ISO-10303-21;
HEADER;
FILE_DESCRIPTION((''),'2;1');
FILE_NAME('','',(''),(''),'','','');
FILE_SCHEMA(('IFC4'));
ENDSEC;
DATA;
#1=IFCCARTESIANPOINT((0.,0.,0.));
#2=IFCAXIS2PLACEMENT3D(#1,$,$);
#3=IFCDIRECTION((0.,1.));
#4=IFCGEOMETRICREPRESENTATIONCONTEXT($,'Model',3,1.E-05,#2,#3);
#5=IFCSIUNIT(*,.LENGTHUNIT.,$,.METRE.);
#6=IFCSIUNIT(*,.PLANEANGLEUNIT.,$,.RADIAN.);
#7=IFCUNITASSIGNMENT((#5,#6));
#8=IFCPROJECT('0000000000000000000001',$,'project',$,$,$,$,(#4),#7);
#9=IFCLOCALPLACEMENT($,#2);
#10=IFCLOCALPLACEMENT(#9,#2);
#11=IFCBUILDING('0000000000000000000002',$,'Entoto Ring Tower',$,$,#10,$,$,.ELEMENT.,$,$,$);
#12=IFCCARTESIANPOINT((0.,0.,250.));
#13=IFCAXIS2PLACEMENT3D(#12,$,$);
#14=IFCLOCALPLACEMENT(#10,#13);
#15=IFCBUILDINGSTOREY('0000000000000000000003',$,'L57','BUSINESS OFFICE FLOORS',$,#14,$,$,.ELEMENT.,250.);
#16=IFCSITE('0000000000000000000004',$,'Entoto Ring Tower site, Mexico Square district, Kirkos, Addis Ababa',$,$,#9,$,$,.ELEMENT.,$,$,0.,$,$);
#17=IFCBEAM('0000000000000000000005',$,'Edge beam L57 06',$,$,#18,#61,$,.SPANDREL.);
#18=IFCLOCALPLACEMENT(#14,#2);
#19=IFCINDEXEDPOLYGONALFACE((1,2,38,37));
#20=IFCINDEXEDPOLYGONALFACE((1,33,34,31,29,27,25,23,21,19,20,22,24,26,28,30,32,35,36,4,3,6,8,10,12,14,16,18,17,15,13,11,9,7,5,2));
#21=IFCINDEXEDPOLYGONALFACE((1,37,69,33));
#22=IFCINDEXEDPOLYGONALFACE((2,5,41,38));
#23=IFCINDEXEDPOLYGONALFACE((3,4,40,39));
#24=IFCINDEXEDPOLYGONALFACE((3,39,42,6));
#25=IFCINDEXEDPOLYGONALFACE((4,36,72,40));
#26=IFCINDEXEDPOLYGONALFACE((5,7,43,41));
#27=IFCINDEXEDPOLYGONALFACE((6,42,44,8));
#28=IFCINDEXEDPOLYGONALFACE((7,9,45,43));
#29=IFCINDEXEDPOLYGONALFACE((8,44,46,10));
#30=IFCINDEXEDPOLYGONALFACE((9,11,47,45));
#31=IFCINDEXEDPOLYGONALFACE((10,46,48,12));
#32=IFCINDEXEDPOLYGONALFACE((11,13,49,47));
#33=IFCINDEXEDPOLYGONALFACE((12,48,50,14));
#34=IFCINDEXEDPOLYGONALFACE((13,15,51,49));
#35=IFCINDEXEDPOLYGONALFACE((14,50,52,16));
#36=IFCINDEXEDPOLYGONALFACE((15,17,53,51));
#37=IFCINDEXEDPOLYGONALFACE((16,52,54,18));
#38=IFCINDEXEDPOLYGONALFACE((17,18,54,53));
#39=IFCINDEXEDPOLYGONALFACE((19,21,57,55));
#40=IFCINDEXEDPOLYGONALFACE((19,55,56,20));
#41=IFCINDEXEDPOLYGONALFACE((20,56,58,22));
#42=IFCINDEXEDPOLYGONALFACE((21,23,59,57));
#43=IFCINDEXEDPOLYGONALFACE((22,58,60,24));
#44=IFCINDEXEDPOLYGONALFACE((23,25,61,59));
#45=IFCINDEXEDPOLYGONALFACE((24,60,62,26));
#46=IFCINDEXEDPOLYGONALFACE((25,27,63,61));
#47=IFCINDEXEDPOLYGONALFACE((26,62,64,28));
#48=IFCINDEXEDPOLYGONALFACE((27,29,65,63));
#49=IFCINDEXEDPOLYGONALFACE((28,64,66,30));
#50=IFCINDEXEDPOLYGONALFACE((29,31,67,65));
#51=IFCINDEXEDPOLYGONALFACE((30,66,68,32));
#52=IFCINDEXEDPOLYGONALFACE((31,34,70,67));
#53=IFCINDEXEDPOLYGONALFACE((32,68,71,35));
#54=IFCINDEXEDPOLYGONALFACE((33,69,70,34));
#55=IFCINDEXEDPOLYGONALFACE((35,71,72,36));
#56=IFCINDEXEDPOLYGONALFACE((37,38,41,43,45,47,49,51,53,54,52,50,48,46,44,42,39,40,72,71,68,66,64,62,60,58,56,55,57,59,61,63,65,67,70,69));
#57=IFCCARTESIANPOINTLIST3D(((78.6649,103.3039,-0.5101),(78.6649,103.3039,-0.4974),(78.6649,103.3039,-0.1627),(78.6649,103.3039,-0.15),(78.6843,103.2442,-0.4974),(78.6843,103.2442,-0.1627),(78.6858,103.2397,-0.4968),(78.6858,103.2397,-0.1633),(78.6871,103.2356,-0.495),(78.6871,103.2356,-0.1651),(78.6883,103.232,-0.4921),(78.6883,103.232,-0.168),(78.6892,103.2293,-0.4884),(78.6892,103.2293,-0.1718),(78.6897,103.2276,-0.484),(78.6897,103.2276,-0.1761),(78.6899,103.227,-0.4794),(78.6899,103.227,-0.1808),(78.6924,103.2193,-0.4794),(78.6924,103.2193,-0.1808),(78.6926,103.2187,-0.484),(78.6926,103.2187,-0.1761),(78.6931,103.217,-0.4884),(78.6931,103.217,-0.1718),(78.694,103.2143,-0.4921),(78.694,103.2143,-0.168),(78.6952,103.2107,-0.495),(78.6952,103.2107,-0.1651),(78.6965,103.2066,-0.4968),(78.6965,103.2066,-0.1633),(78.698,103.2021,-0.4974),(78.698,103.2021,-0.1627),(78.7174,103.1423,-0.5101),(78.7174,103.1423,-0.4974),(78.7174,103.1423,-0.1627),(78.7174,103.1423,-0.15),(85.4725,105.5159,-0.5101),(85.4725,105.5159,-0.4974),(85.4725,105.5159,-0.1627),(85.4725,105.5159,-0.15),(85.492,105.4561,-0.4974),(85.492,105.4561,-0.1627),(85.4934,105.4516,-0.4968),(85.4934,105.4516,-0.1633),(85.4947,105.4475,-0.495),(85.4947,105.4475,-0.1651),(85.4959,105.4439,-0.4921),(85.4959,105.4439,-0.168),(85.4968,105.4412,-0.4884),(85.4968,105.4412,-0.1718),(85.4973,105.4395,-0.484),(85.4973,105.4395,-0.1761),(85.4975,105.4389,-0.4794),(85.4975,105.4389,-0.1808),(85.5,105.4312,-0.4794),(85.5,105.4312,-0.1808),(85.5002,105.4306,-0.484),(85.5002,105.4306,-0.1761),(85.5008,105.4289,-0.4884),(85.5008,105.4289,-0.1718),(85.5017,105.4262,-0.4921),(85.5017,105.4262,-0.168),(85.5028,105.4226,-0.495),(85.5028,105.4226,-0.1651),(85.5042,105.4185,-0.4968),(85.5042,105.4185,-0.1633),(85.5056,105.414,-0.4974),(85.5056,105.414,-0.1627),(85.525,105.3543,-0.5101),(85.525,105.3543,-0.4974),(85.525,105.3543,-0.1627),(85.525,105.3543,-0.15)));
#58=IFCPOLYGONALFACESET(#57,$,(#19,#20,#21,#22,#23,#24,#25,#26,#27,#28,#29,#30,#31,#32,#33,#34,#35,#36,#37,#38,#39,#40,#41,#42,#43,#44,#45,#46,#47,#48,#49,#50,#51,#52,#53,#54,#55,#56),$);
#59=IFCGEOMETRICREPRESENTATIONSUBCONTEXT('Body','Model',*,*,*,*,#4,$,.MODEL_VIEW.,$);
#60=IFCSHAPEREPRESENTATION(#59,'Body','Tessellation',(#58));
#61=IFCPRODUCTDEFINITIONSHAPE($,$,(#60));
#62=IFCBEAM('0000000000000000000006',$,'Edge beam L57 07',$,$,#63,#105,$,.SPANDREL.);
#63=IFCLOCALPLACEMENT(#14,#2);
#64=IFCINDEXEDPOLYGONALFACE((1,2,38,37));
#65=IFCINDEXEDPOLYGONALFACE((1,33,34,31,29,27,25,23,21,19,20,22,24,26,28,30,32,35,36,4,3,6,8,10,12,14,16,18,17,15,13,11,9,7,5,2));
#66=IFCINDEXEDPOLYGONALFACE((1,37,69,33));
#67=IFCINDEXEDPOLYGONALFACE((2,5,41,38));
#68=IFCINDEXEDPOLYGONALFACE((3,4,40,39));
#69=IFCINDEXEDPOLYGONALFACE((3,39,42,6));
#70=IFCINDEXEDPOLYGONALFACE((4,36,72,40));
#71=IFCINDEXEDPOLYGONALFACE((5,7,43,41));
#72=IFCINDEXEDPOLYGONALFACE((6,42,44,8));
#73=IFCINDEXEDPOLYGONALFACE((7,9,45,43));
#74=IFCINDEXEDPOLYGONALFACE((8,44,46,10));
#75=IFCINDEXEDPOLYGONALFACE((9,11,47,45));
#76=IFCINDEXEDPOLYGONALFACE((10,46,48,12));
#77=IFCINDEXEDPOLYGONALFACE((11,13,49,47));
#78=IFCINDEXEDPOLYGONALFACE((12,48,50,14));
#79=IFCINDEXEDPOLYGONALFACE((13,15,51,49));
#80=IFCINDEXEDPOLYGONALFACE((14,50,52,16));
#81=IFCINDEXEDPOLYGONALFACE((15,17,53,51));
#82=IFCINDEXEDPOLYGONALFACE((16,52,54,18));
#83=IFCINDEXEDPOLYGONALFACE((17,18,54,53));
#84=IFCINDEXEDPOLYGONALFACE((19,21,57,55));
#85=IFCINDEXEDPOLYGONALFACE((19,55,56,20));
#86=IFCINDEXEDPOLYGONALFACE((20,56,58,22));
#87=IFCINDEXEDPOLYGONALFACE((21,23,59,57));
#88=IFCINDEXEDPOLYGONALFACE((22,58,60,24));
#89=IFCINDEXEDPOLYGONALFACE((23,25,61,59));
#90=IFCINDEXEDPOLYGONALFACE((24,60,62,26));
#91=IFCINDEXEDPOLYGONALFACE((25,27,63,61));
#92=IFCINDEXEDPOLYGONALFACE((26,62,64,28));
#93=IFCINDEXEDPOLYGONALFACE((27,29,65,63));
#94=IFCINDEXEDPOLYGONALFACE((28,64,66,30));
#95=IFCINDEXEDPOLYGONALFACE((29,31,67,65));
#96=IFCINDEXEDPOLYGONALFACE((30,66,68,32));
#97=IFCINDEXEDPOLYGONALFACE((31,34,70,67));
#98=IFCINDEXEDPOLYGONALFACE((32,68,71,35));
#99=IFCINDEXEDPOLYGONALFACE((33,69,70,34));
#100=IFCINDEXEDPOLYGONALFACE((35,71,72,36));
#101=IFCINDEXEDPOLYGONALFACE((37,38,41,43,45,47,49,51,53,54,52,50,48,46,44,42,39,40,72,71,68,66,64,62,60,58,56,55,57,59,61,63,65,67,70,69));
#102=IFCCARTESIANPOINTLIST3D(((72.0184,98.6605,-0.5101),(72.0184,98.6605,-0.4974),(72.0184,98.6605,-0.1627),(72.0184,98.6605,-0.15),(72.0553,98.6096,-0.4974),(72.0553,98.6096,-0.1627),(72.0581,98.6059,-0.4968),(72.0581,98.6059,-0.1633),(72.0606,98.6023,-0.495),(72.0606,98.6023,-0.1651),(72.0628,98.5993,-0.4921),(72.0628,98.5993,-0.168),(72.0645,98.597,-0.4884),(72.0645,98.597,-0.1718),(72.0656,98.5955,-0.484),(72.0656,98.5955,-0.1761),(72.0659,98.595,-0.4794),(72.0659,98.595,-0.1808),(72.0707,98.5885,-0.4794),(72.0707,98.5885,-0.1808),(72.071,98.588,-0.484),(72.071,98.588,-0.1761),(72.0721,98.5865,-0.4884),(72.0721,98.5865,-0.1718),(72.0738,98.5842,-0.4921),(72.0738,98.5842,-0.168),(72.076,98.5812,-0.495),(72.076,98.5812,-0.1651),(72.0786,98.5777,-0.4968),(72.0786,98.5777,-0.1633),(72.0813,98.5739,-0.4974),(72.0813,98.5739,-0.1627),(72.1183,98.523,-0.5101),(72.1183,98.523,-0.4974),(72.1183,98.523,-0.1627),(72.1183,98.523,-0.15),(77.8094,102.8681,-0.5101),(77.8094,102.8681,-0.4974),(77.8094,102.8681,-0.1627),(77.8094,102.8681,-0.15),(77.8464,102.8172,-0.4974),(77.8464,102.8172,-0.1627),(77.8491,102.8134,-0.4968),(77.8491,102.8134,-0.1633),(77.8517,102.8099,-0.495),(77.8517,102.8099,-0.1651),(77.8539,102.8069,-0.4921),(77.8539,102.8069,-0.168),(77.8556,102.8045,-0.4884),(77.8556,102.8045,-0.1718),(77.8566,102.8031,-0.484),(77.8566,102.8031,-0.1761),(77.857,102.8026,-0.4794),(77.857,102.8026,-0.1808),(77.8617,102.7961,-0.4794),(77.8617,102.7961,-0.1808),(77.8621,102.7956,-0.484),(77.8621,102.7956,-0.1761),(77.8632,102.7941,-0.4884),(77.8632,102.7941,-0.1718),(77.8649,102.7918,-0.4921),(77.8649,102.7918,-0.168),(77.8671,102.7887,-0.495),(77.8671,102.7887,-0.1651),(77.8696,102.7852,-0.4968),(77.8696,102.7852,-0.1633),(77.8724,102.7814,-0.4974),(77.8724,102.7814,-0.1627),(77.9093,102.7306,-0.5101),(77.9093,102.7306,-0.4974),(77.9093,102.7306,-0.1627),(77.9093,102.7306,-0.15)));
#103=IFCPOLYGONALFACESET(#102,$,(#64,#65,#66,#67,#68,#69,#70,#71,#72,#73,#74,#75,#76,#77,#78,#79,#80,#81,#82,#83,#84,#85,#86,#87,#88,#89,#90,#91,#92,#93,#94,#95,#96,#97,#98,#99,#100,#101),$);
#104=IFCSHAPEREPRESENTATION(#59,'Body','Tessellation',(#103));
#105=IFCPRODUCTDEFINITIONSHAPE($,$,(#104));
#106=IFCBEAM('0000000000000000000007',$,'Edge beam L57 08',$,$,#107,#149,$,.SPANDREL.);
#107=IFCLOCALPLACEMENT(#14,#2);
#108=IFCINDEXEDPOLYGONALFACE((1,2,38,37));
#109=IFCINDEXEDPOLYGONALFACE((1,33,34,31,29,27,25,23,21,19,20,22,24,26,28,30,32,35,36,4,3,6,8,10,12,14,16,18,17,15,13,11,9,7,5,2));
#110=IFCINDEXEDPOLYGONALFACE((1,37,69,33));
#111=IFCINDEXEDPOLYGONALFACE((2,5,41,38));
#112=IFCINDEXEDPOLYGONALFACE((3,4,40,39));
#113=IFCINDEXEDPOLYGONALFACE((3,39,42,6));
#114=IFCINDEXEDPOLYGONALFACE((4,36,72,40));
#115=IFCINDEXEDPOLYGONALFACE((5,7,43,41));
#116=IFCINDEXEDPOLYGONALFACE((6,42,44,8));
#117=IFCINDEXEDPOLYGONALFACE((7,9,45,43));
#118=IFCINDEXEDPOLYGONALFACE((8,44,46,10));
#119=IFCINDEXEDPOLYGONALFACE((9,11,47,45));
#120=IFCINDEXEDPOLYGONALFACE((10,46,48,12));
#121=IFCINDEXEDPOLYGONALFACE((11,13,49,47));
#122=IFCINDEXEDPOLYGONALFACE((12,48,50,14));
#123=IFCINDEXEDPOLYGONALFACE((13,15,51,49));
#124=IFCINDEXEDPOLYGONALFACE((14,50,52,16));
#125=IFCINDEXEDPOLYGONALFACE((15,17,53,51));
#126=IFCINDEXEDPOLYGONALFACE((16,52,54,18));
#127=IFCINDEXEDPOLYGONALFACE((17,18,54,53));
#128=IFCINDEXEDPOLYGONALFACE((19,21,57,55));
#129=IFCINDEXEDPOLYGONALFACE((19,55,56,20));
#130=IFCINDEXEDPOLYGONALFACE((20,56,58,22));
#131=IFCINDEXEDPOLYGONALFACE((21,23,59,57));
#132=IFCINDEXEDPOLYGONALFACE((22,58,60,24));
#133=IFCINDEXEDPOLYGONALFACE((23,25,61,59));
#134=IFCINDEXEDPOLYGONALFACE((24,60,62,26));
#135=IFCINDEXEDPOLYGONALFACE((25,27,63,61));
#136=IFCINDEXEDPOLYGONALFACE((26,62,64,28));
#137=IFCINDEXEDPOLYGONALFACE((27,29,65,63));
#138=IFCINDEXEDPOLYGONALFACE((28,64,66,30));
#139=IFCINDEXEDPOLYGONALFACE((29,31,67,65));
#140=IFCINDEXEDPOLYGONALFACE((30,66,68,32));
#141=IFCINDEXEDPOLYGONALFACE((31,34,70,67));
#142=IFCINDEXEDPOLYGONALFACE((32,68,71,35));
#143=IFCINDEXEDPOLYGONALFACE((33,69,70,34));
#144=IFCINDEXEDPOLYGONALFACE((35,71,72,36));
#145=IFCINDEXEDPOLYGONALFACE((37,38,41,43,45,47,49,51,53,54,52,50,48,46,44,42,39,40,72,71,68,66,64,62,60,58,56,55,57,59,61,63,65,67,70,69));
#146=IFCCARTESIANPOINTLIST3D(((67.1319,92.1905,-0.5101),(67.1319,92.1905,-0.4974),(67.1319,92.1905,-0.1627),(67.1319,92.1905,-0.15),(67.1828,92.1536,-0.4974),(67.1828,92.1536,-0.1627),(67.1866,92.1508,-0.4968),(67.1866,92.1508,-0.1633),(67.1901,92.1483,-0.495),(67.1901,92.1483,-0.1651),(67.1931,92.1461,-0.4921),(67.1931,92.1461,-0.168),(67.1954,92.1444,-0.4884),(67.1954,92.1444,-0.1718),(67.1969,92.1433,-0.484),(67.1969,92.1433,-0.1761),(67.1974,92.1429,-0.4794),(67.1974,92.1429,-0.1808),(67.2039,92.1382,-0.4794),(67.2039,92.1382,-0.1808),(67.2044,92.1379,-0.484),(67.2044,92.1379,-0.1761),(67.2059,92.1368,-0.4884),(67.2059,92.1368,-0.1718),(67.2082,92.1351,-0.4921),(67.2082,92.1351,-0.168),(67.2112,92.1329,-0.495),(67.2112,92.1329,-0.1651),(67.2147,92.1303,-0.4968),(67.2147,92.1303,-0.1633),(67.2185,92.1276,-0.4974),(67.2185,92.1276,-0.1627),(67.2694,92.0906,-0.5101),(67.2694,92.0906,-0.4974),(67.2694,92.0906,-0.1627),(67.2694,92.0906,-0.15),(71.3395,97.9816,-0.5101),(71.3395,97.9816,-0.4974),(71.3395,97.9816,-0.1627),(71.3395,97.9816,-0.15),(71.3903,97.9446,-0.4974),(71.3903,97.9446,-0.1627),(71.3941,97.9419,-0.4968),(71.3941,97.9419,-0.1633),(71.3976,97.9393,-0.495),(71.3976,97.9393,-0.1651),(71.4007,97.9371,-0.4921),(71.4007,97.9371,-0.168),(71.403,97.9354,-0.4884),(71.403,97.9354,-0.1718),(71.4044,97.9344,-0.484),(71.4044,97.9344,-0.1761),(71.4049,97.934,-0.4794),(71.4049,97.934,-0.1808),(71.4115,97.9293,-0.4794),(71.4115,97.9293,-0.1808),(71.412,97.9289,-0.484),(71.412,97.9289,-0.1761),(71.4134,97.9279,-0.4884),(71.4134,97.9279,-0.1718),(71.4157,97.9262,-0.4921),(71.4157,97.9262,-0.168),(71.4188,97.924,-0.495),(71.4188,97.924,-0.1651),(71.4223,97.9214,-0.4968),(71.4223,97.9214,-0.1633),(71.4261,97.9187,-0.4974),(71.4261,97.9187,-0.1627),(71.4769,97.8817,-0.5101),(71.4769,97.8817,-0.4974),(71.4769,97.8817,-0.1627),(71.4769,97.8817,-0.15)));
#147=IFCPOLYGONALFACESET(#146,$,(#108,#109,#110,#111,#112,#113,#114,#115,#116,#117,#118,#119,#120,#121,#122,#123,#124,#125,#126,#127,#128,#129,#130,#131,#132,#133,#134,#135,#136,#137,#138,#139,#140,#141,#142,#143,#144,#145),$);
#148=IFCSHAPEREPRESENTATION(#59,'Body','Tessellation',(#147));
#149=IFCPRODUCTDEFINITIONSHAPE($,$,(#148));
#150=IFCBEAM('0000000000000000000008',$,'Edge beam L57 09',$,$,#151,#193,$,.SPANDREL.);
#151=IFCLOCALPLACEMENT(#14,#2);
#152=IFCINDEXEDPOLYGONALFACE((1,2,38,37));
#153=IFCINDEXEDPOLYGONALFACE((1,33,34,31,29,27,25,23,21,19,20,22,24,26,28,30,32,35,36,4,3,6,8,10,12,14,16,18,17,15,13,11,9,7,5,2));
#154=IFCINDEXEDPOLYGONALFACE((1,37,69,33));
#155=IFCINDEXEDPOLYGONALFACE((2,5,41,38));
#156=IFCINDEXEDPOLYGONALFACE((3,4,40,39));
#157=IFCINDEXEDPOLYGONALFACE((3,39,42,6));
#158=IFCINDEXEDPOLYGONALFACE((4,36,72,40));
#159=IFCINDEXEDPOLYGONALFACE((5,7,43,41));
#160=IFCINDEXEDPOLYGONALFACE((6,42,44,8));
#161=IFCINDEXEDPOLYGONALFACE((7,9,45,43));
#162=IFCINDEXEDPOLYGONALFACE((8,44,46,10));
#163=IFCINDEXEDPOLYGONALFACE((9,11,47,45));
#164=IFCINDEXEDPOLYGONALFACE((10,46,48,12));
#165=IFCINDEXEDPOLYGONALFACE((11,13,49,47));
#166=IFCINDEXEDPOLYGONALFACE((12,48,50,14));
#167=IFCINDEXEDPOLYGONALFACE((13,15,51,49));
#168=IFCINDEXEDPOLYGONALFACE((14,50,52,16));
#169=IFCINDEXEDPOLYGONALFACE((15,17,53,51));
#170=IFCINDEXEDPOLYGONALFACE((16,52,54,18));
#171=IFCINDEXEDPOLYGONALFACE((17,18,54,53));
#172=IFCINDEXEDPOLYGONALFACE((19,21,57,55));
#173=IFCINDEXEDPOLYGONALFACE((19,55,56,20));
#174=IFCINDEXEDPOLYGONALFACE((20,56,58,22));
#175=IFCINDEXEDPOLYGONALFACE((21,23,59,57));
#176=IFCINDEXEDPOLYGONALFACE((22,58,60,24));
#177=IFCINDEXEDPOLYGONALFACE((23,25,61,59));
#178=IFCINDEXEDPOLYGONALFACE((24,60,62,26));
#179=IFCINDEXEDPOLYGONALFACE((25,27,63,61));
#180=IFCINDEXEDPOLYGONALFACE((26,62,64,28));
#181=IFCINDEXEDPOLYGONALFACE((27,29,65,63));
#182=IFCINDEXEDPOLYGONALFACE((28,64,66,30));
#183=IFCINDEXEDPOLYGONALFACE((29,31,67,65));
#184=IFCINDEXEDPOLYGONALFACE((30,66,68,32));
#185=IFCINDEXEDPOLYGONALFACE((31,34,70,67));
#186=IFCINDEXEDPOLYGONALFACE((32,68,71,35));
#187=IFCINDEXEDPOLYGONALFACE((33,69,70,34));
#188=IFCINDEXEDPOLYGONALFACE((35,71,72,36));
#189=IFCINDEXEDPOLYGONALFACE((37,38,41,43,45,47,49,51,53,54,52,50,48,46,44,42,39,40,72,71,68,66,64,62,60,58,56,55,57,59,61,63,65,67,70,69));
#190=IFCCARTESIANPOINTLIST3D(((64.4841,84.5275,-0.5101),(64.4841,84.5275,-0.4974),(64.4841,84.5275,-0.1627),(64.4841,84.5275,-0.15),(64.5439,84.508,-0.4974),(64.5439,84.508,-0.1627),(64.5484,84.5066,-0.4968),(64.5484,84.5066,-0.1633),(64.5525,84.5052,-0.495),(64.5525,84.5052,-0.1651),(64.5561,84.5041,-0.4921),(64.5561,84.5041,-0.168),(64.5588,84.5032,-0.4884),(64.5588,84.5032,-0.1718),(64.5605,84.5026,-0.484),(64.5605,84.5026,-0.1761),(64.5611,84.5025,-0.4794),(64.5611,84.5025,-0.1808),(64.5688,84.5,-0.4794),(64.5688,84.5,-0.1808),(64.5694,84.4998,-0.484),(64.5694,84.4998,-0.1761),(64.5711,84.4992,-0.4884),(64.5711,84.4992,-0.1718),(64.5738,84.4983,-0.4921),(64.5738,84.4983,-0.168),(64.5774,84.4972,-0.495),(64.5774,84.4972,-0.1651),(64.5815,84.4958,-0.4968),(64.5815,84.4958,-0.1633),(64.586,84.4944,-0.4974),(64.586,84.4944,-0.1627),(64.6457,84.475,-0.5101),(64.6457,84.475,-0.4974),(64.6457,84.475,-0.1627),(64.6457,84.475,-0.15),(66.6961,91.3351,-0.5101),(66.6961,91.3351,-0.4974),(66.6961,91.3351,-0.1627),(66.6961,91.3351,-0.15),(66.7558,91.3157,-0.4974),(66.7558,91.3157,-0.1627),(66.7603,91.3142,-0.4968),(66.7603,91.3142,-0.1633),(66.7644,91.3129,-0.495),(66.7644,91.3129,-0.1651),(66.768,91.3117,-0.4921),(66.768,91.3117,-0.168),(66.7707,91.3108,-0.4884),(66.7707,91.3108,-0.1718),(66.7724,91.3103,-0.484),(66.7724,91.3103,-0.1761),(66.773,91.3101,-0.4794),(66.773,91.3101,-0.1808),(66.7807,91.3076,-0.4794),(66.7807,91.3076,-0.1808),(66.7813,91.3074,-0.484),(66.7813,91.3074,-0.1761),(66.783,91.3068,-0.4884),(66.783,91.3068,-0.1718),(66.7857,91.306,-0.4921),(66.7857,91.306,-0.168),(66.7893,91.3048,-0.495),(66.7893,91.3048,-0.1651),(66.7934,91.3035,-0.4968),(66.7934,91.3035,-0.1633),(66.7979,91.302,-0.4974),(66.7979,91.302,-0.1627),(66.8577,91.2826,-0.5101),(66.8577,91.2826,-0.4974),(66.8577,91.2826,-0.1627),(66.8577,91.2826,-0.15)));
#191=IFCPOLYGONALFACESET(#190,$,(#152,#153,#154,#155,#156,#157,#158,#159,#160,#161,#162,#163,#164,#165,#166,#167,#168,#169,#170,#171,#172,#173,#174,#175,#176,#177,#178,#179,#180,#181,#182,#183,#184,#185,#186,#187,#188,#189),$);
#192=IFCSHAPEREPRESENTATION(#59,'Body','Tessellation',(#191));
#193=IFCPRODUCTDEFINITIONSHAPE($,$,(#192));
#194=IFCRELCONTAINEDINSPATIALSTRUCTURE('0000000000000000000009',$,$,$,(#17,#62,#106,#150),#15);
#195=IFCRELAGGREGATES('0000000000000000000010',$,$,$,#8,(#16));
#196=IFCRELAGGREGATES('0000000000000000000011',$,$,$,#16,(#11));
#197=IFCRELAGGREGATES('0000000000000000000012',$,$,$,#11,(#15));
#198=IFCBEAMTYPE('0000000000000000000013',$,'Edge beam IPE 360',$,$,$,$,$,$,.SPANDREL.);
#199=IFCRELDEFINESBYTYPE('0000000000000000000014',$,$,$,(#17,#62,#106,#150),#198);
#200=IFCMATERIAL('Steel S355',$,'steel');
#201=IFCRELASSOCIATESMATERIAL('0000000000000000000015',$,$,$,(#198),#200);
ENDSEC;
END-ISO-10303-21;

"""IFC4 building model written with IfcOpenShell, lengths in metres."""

from ifc_helpers import new_model, si_unit, direction, frame, origin, origin_2d, place, context, subcontext, project, spatial, i_section, extrude, material, material_profile, profile_set, type_object, element, save


model = new_model("IFC4")

# Units and contexts
model_context = context("Model", 3, precision=1e-05, world=origin(), true_north=direction((0.0, 1.0)))
body_context = subcontext(model_context, "Body", "Model", "MODEL_VIEW")
ifc_project = project(units=[si_unit("LENGTHUNIT", "METRE"), si_unit("PLANEANGLEUNIT", "RADIAN")], contexts=[model_context])

# Site, building, storey
site_placement = place(None, origin())
site = spatial("IfcSite", under=ifc_project, at=site_placement, Name="Entoto Ring Tower site, Mexico Square district, Kirkos, Addis Ababa", CompositionType="ELEMENT", RefElevation=0.0)
building_placement = place(site_placement, origin())
building = spatial("IfcBuilding", under=site, at=building_placement, Name="Entoto Ring Tower", CompositionType="ELEMENT")
storey_placement = place(building_placement, frame((0.0, 0.0, 250.0)))
storey = spatial("IfcBuildingStorey", under=building, at=storey_placement, Name="L57", Description="BUSINESS OFFICE FLOORS", CompositionType="ELEMENT", Elevation=250.0)

# Beams
ifc_material_1 = material(Name="Steel S355", Category="steel")
ifc_material_profile_1 = material_profile(ifc_material_1, i_section(OverallWidth=0.1699, OverallDepth=0.3601, WebThickness=0.0081, FlangeThickness=0.0127, FilletRadius=0.0181, at=origin_2d()), Name="IPE 360")
ifc_profile_set_1 = profile_set([ifc_material_profile_1], Name="Steel S355")
beam_type_1 = type_object("IfcBeamType", Name="Edge beam IPE 360", PredefinedType="SPANDREL", material=ifc_profile_set_1)
beam_1_placement = place(storey_placement, frame((85.4988, 105.4351, -0.3301), z_axis=(-0.951057, -0.309015, 0.0), x_axis=(0.309015, -0.951057, 0.0)))
element("IfcBeam", 1, at=beam_1_placement, inside=storey, type_object=beam_type_1, Name="Edge beam L57 06", PredefinedType="SPANDREL", context=body_context, shape_type="SweptSolid", body=[
    extrude(i_section(OverallWidth=0.1699, OverallDepth=0.3601, WebThickness=0.0081, FlangeThickness=0.0127, FilletRadius=0.0181, at=origin_2d()), origin(), (0.0, 0.0, 1.0), 7.158),
])
for number, where, z_axis, x_axis, name in (
    (2, (77.8594, 102.7993, -0.3301), (-0.80901, -0.587794, 0.0), (0.587794, -0.80901, 0.0), "Edge beam L57 07"),
    (3, (71.4082, 97.9316, -0.3301), (-0.587794, -0.80901, 0.0), (0.80901, -0.587794, 0.0), "Edge beam L57 08"),
):
    element("IfcBeam", number, at=place(storey_placement, frame(where, z_axis=z_axis, x_axis=x_axis)), inside=storey, type_object=beam_type_1, Name=name, PredefinedType="SPANDREL", context=body_context, shape_type="SweptSolid", body=[
        extrude(i_section(OverallWidth=0.1699, OverallDepth=0.3601, WebThickness=0.0081, FlangeThickness=0.0127, FilletRadius=0.0181, at=origin_2d()), origin(), (0.0, 0.0, 1.0), 7.1582),
    ])
beam_2_placement = place(storey_placement, frame((66.7769, 91.3088, -0.3301), z_axis=(-0.309015, -0.951057, 0.0), x_axis=(0.951057, -0.309015, 0.0)))
element("IfcBeam", 4, at=beam_2_placement, inside=storey, type_object=beam_type_1, Name="Edge beam L57 09", PredefinedType="SPANDREL", context=body_context, shape_type="SweptSolid", body=[
    extrude(i_section(OverallWidth=0.1699, OverallDepth=0.3601, WebThickness=0.0081, FlangeThickness=0.0127, FilletRadius=0.0181, at=origin_2d()), origin(), (0.0, 0.0, 1.0), 7.158),
])

save(model, "model.ifc")
